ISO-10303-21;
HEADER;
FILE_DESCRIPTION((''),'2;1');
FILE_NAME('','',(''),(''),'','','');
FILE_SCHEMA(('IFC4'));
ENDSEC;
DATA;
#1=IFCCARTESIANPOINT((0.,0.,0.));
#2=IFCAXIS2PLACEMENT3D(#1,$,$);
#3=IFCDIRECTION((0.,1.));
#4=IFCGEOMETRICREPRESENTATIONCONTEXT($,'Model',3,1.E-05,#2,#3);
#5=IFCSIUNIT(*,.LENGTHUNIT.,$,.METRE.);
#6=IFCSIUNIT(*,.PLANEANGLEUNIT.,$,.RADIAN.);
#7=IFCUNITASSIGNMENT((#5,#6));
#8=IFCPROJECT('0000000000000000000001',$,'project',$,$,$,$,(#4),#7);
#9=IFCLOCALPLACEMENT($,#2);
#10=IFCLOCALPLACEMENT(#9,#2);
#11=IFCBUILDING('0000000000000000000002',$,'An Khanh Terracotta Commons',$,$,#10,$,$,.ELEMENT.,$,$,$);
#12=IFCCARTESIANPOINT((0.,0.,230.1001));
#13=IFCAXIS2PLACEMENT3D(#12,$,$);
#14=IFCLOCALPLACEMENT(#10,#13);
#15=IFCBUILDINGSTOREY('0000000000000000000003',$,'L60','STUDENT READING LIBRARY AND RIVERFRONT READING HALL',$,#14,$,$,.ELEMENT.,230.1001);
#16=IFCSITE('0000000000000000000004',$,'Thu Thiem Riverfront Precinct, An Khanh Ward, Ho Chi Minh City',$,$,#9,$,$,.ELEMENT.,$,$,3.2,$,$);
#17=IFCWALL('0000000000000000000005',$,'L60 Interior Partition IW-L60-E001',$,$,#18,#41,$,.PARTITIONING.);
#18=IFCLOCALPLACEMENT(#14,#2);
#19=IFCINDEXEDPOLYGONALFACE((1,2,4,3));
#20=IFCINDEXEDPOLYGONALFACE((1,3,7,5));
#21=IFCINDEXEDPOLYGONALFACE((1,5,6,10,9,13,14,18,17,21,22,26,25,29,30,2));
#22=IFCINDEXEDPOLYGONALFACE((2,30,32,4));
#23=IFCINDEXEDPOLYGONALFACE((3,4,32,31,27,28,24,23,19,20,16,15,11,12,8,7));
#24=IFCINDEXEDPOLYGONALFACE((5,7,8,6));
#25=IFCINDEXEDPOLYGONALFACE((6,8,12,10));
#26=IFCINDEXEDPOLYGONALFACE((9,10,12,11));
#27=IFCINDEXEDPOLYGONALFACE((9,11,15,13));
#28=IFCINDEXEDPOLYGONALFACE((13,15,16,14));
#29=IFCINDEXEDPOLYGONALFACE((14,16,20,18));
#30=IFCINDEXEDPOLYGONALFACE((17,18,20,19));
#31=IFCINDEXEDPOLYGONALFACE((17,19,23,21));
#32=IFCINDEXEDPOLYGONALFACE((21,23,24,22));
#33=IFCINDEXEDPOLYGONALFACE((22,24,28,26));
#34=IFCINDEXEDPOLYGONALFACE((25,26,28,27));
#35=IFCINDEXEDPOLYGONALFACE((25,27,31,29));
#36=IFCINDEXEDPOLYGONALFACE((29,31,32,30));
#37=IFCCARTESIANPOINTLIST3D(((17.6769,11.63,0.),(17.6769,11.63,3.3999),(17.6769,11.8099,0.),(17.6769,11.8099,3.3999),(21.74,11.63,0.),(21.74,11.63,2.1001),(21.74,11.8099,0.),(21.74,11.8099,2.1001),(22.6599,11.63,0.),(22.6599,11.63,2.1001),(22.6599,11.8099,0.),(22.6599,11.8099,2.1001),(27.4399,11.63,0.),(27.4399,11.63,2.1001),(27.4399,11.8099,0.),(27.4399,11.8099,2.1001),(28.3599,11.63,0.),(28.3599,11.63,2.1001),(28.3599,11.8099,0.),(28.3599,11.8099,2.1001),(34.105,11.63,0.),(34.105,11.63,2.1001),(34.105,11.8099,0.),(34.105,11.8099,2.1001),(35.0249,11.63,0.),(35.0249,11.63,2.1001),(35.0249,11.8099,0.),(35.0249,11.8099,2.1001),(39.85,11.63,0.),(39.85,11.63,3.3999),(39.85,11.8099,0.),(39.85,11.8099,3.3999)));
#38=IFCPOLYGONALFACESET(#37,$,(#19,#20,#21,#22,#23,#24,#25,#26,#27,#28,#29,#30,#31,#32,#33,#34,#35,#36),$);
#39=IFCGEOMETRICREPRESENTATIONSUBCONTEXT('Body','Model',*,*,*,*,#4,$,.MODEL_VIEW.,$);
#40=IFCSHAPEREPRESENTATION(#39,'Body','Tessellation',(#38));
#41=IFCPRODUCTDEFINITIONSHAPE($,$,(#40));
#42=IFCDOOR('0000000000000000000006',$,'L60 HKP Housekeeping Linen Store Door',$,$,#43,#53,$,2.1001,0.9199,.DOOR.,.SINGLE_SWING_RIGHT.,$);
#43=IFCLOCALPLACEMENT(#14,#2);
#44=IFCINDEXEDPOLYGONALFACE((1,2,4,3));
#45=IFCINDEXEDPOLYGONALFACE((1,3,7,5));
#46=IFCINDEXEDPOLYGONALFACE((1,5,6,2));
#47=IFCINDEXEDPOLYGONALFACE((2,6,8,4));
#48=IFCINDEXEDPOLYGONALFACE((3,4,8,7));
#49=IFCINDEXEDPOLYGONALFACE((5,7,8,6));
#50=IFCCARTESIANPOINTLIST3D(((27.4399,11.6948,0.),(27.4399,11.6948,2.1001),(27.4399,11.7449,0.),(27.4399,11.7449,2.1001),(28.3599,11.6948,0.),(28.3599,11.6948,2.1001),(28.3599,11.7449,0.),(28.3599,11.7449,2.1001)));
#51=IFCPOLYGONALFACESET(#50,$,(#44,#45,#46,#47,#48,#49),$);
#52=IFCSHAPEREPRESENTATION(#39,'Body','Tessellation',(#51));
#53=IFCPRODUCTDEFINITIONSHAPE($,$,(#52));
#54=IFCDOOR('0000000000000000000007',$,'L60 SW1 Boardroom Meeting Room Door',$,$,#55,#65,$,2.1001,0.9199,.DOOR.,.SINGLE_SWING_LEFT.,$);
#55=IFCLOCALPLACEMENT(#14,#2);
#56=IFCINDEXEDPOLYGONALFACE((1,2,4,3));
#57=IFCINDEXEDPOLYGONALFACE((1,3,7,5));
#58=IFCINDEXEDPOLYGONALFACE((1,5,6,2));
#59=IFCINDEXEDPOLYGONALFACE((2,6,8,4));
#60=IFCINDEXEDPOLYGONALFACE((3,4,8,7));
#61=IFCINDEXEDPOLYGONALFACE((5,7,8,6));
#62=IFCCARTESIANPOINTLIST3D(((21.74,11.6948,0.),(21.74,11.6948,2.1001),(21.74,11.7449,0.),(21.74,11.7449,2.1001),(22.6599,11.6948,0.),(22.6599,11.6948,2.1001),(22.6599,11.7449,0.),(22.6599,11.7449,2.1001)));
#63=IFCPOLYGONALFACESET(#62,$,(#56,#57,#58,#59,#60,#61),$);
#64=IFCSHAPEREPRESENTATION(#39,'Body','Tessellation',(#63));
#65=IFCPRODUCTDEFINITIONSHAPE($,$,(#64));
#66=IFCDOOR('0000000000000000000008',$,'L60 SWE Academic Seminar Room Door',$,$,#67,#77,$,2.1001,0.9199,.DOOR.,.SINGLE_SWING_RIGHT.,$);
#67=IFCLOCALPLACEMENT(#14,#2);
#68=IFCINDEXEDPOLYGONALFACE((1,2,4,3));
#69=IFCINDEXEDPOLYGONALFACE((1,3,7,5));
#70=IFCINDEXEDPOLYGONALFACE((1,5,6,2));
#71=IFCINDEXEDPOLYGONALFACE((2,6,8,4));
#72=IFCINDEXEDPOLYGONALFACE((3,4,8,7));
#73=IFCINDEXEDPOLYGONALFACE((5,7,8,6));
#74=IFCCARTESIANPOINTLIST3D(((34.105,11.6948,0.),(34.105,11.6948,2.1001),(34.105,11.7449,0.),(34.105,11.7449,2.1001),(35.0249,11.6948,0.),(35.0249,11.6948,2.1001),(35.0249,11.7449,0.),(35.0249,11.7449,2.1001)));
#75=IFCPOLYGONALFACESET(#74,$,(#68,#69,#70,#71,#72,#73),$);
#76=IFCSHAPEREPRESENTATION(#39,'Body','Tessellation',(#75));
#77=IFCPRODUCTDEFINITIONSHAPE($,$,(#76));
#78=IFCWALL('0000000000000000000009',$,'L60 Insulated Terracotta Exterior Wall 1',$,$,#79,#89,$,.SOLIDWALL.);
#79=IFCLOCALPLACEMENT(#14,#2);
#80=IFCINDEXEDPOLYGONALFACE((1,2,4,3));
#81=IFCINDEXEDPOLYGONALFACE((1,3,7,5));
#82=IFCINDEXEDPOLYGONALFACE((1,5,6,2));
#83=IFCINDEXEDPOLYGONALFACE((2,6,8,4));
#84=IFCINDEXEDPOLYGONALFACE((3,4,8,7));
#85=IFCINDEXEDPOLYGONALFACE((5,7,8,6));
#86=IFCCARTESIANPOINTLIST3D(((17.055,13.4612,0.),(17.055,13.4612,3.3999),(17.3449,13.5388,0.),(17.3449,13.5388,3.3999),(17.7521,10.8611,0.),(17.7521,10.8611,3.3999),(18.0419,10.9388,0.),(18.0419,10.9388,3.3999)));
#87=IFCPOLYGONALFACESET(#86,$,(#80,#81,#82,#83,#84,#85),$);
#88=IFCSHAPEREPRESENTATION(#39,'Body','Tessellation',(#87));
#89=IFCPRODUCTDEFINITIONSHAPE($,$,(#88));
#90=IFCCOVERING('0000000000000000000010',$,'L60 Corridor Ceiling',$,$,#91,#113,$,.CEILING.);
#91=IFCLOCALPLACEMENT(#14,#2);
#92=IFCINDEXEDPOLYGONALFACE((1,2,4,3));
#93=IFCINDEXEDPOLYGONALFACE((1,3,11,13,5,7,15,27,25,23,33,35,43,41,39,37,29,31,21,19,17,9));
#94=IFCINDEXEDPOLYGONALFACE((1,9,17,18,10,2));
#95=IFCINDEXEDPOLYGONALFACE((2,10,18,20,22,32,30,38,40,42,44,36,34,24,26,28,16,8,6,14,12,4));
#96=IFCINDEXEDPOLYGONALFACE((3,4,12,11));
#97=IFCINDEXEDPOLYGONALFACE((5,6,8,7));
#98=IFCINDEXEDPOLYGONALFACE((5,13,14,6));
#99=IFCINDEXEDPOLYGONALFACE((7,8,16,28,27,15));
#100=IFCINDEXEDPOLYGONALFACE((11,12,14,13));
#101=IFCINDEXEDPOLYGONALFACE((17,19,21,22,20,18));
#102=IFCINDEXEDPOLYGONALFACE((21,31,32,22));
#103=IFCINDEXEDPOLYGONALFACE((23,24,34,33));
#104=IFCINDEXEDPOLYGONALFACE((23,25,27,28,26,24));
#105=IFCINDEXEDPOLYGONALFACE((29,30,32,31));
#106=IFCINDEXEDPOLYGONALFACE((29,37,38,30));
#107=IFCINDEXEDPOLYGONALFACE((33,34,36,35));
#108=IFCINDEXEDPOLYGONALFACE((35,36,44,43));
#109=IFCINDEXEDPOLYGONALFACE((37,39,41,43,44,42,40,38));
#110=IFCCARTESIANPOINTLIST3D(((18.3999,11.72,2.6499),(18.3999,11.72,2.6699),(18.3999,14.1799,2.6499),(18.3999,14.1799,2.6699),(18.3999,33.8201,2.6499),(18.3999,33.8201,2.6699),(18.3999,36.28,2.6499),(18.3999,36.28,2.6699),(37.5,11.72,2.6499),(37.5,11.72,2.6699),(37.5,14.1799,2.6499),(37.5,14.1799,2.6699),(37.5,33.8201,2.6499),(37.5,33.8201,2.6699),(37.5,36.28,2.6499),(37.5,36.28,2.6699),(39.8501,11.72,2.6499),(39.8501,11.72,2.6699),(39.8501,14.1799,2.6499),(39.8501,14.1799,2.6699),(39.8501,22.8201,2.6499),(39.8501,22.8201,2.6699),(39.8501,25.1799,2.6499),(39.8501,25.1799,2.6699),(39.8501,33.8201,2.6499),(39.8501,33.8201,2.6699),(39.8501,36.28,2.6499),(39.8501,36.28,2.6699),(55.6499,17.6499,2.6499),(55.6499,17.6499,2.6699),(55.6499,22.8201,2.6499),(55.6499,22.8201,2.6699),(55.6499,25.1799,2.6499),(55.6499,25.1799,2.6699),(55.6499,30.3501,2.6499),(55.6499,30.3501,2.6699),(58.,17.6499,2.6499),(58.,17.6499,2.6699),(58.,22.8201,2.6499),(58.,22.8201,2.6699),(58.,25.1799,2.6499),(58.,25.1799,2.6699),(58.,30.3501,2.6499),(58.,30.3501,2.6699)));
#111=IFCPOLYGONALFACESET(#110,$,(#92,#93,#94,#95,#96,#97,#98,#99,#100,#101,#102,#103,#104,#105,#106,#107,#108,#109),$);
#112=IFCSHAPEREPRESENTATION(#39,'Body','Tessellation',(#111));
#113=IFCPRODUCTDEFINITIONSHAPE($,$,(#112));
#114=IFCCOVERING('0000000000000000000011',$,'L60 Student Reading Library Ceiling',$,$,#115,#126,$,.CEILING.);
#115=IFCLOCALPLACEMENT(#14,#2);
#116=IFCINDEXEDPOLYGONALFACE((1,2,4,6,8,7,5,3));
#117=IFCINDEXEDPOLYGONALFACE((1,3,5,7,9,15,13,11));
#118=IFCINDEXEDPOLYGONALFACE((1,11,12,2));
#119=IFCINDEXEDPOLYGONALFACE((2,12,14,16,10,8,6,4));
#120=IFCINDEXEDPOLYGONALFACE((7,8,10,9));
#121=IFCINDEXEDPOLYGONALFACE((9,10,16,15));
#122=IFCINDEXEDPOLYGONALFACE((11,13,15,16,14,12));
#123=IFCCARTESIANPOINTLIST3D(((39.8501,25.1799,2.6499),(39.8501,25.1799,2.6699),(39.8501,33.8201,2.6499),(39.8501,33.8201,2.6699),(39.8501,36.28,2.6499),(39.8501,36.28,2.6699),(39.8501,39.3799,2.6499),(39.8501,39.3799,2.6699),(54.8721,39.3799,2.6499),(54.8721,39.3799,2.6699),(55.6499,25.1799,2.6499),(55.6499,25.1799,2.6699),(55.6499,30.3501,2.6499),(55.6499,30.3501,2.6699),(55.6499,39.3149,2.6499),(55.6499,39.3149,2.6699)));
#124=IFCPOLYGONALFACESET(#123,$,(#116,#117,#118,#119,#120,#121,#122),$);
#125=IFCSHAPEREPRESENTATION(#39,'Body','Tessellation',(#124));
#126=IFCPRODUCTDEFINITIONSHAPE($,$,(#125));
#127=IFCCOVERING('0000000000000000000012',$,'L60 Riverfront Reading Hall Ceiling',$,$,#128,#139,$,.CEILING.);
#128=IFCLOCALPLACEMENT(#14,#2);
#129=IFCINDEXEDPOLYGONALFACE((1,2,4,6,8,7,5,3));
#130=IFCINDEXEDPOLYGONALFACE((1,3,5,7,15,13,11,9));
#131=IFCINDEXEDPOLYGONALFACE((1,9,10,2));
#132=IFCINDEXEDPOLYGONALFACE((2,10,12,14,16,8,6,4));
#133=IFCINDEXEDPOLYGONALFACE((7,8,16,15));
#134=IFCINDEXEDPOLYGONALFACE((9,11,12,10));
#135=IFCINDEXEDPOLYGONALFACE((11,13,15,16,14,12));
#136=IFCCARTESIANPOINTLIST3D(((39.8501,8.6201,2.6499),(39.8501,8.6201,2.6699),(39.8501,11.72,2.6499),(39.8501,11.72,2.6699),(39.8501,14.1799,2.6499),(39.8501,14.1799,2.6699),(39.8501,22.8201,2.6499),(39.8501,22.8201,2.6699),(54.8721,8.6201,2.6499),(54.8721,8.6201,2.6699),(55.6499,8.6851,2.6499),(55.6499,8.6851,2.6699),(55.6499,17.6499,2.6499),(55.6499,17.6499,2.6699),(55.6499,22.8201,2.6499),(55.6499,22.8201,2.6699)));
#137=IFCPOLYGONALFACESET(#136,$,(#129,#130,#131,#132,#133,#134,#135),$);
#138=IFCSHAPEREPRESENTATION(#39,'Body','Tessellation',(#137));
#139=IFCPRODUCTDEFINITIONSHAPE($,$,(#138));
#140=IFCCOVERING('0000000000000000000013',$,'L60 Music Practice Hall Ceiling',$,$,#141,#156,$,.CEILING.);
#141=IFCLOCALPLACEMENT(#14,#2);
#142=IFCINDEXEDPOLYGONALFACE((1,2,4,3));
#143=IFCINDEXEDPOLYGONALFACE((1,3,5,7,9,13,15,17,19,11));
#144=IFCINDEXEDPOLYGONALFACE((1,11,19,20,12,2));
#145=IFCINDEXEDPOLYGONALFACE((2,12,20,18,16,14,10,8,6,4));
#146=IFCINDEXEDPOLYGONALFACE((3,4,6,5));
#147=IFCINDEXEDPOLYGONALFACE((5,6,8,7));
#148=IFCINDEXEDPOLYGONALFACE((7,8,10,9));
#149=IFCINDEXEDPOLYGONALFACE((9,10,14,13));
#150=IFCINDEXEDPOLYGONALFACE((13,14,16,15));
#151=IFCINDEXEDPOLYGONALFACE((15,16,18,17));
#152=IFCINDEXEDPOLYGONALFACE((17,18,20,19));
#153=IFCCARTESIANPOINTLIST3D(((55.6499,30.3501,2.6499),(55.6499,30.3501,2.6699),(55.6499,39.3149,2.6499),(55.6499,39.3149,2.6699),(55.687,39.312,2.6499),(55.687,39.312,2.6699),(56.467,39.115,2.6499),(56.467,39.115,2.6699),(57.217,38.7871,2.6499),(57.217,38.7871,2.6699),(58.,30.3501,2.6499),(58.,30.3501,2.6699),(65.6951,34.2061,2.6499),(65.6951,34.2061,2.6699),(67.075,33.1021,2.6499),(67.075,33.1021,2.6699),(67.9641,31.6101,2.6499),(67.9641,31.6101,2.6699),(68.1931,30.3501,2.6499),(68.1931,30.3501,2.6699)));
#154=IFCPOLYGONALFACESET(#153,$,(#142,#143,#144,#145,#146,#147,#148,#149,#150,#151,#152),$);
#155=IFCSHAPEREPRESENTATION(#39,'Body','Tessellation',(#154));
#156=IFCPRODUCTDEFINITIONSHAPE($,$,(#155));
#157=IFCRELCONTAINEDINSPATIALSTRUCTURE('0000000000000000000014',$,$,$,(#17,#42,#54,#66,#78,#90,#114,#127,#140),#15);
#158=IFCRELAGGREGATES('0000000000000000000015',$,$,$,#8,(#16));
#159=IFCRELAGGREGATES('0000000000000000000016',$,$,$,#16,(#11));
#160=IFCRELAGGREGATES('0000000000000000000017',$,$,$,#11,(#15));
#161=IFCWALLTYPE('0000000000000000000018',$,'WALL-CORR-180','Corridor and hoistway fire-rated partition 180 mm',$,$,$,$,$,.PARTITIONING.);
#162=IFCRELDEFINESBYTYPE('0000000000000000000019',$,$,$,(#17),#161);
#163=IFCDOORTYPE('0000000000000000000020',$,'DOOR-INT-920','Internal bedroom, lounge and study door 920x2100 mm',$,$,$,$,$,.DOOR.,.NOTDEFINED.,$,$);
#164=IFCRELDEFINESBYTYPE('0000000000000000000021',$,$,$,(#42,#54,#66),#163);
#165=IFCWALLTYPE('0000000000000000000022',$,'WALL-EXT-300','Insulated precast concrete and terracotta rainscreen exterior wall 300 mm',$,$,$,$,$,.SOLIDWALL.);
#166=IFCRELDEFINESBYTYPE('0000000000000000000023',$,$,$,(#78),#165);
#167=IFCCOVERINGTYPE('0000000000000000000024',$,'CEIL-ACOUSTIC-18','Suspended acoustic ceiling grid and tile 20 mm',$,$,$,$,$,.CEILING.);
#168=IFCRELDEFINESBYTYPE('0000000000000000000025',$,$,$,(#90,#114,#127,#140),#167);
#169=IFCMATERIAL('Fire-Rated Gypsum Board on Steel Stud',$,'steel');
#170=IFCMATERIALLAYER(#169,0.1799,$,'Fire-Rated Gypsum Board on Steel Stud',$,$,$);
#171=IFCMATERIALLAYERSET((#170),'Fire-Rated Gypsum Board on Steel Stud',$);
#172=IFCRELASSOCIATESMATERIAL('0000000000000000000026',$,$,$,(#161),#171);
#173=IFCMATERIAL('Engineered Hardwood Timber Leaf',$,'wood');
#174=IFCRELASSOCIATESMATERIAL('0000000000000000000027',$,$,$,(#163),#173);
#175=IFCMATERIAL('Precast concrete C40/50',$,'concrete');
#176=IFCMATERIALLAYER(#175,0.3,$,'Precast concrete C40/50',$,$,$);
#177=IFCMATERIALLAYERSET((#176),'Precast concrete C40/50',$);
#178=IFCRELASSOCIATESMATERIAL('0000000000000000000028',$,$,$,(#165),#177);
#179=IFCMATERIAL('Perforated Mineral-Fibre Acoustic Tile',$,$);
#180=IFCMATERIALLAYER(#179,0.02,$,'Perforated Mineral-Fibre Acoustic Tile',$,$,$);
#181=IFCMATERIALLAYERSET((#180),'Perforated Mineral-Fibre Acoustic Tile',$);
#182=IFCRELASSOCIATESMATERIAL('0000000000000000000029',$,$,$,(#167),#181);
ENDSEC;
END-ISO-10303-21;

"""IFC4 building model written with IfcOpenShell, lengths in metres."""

from ifc_helpers import new_model, si_unit, direction, frame, frame_2d, origin, place, context, subcontext, project, spatial, polyline, rectangle, outline, extrude, material, layer, layer_set, type_object, element, fill, save


model = new_model("IFC4")

# Units and contexts
model_context = context("Model", 3, precision=1e-05, world=origin(), true_north=direction((0.0, 1.0)))
body_context = subcontext(model_context, "Body", "Model", "MODEL_VIEW")
ifc_project = project(units=[si_unit("LENGTHUNIT", "METRE"), si_unit("PLANEANGLEUNIT", "RADIAN")], contexts=[model_context])

# Site, building, storey
site_placement = place(None, origin())
site = spatial("IfcSite", under=ifc_project, at=site_placement, Name="Thu Thiem Riverfront Precinct, An Khanh Ward, Ho Chi Minh City", CompositionType="ELEMENT", RefElevation=3.2)
building_placement = place(site_placement, origin())
building = spatial("IfcBuilding", under=site, at=building_placement, Name="An Khanh Terracotta Commons", CompositionType="ELEMENT")
storey_placement = place(building_placement, frame((0.0, 0.0, 230.1001)))
storey = spatial("IfcBuildingStorey", under=building, at=storey_placement, Name="L60", Description="STUDENT READING LIBRARY AND RIVERFRONT READING HALL", CompositionType="ELEMENT", Elevation=230.1001)

# Shared definitions
ifc_material_1 = material(Name="Precast concrete C40/50", Category="concrete")

# Wall, openings, doors
ifc_material_2 = material(Name="Fire-Rated Gypsum Board on Steel Stud", Category="steel")
ifc_layer_1 = layer(ifc_material_2, 0.1799, Name="Fire-Rated Gypsum Board on Steel Stud")
ifc_layer_set_1 = layer_set([ifc_layer_1], Name="Fire-Rated Gypsum Board on Steel Stud")
wall_type_1 = type_object("IfcWallType", Name="WALL-CORR-180", Description="Corridor and hoistway fire-rated partition 180 mm", PredefinedType="PARTITIONING", material=ifc_layer_set_1)
wall_1_placement = place(storey_placement, frame((17.677, 11.72, 0.0), z_axis=(0.0, 0.0, 1.0), x_axis=(1.0, 0.0, 0.0)))
wall_1 = element("IfcWall", 1, at=wall_1_placement, inside=storey, type_object=wall_type_1, Name="L60 Interior Partition IW-L60-E001", PredefinedType="PARTITIONING", context=body_context, shape_type="SweptSolid", body=[
    extrude(rectangle(XDim=22.1731, YDim=0.1799, at=frame_2d((11.0864, 0.0))), origin(), (0.0, 0.0, 1.0), 3.3999),
])
opening_1_placement = place(wall_1_placement, frame((9.7629, 0.0, 0.0)))
opening_1 = element("IfcOpeningElement", 2, at=opening_1_placement, cuts=wall_1, PredefinedType="OPENING", context=body_context, shape_type="SweptSolid", body=[
    extrude(rectangle(XDim=0.9199, YDim=2.1001, at=frame_2d((0.46, 1.05))), frame((0.0, 0.0999, 0.0), z_axis=(0.0, -1.0, 0.0), x_axis=(1.0, 0.0, 0.0)), (0.0, 0.0, 1.0), 0.2),
])
opening_2_placement = place(wall_1_placement, frame((4.063, 0.0, 0.0)))
opening_2 = element("IfcOpeningElement", 3, at=opening_2_placement, cuts=wall_1, PredefinedType="OPENING", context=body_context, shape_type="SweptSolid", body=[
    extrude(rectangle(XDim=0.9199, YDim=2.1001, at=frame_2d((0.46, 1.05))), frame((0.0, 0.0999, 0.0), z_axis=(0.0, -1.0, 0.0), x_axis=(1.0, 0.0, 0.0)), (0.0, 0.0, 1.0), 0.2),
])
opening_3_placement = place(wall_1_placement, frame((16.428, 0.0, 0.0)))
opening_3 = element("IfcOpeningElement", 4, at=opening_3_placement, cuts=wall_1, PredefinedType="OPENING", context=body_context, shape_type="SweptSolid", body=[
    extrude(rectangle(XDim=0.9199, YDim=2.1001, at=frame_2d((0.46, 1.05))), frame((0.0, 0.0999, 0.0), z_axis=(0.0, -1.0, 0.0), x_axis=(1.0, 0.0, 0.0)), (0.0, 0.0, 1.0), 0.2),
])
ifc_material_3 = material(Name="Engineered Hardwood Timber Leaf", Category="wood")
door_type = type_object("IfcDoorType", Name="DOOR-INT-920", Description="Internal bedroom, lounge and study door 920x2100 mm", OperationType="NOTDEFINED", PredefinedType="DOOR", material=ifc_material_3)
door_1_placement = place(opening_1_placement, origin())
door_1 = element("IfcDoor", 5, at=door_1_placement, inside=storey, type_object=door_type, Name="L60 HKP Housekeeping Linen Store Door", OperationType="SINGLE_SWING_RIGHT", OverallHeight=2.1001, OverallWidth=0.9199, PredefinedType="DOOR", context=body_context, shape_type="SweptSolid", body=[
    extrude(rectangle(XDim=0.9199, YDim=2.1001, at=frame_2d((0.46, 1.05))), frame((0.0, 0.0249, 0.0), z_axis=(0.0, -1.0, 0.0), x_axis=(1.0, 0.0, 0.0)), (0.0, 0.0, 1.0), 0.05),
])
fill(opening_1, door_1)
door_2_placement = place(opening_2_placement, origin())
door_2 = element("IfcDoor", 6, at=door_2_placement, inside=storey, type_object=door_type, Name="L60 SW1 Boardroom Meeting Room Door", OperationType="SINGLE_SWING_LEFT", OverallHeight=2.1001, OverallWidth=0.9199, PredefinedType="DOOR", context=body_context, shape_type="SweptSolid", body=[
    extrude(rectangle(XDim=0.9199, YDim=2.1001, at=frame_2d((0.46, 1.05))), frame((0.0, 0.0249, 0.0), z_axis=(0.0, -1.0, 0.0), x_axis=(1.0, 0.0, 0.0)), (0.0, 0.0, 1.0), 0.05),
])
fill(opening_2, door_2)
door_3_placement = place(opening_3_placement, origin())
door_3 = element("IfcDoor", 7, at=door_3_placement, inside=storey, type_object=door_type, Name="L60 SWE Academic Seminar Room Door", OperationType="SINGLE_SWING_RIGHT", OverallHeight=2.1001, OverallWidth=0.9199, PredefinedType="DOOR", context=body_context, shape_type="SweptSolid", body=[
    extrude(rectangle(XDim=0.9199, YDim=2.1001, at=frame_2d((0.46, 1.05))), frame((0.0, 0.0249, 0.0), z_axis=(0.0, -1.0, 0.0), x_axis=(1.0, 0.0, 0.0)), (0.0, 0.0, 1.0), 0.05),
])
fill(opening_3, door_3)

# Wall
ifc_layer_2 = layer(ifc_material_1, 0.3, Name="Precast concrete C40/50")
ifc_layer_set_2 = layer_set([ifc_layer_2], Name="Precast concrete C40/50")
wall_type_2 = type_object("IfcWallType", Name="WALL-EXT-300", Description="Insulated precast concrete and terracotta rainscreen exterior wall 300 mm", PredefinedType="SOLIDWALL", material=ifc_layer_set_2)
wall_2_placement = place(storey_placement, frame((17.2, 13.5, 0.0), z_axis=(0.0, 0.0, 1.0), x_axis=(0.258933, -0.965895, 0.0)))
element("IfcWall", 8, at=wall_2_placement, inside=storey, type_object=wall_type_2, Name="L60 Insulated Terracotta Exterior Wall 1", PredefinedType="SOLIDWALL", context=body_context, shape_type="SweptSolid", body=[
    extrude(rectangle(XDim=2.6919, YDim=0.3, at=frame_2d((1.3459, 0.0))), origin(), (0.0, 0.0, 1.0), 3.3999),
])

# Coverings
ifc_material_4 = material(Name="Perforated Mineral-Fibre Acoustic Tile")
ifc_layer_3 = layer(ifc_material_4, 0.02, Name="Perforated Mineral-Fibre Acoustic Tile")
ifc_layer_set_3 = layer_set([ifc_layer_3], Name="Perforated Mineral-Fibre Acoustic Tile")
covering_type = type_object("IfcCoveringType", Name="CEIL-ACOUSTIC-18", Description="Suspended acoustic ceiling grid and tile 20 mm", PredefinedType="CEILING", material=ifc_layer_set_3)
covering_1_placement = place(storey_placement, frame((0.0, 0.0, 2.6499)))
element("IfcCovering", 9, at=covering_1_placement, inside=storey, type_object=covering_type, Name="L60 Corridor Ceiling", PredefinedType="CEILING", context=body_context, shape_type="SweptSolid", body=[
    extrude(outline(polyline([(18.3999, 11.72), (18.3999, 14.1799), (37.5, 14.1799), (37.5, 33.8201), (18.3999, 33.8201), (18.3999, 36.28), (37.5, 36.28), (39.8501, 36.28), (39.8501, 33.8201), (39.8501, 25.1799), (55.6499, 25.1799), (55.6499, 30.3501), (58.0, 30.3501), (58.0, 25.1799), (58.0, 22.8201), (58.0, 17.6499), (55.6499, 17.6499), (55.6499, 22.8201), (39.8501, 22.8201), (39.8501, 14.1799), (39.8501, 11.72), (37.5, 11.72), (18.3999, 11.72)])), origin(), (0.0, 0.0, 1.0), 0.02),
])
covering_2_placement = place(storey_placement, frame((0.0, 0.0, 2.6499)))
element("IfcCovering", 10, at=covering_2_placement, inside=storey, type_object=covering_type, Name="L60 Student Reading Library Ceiling", PredefinedType="CEILING", context=body_context, shape_type="SweptSolid", body=[
    extrude(outline(polyline([(54.8721, 39.3799), (55.6499, 39.3149), (55.6499, 30.3501), (55.6499, 25.1799), (39.8501, 25.1799), (39.8501, 33.8201), (39.8501, 36.28), (39.8501, 39.3799), (54.8721, 39.3799)])), origin(), (0.0, 0.0, 1.0), 0.02),
])
covering_3_placement = place(storey_placement, frame((0.0, 0.0, 2.6499)))
element("IfcCovering", 11, at=covering_3_placement, inside=storey, type_object=covering_type, Name="L60 Riverfront Reading Hall Ceiling", PredefinedType="CEILING", context=body_context, shape_type="SweptSolid", body=[
    extrude(outline(polyline([(54.8721, 8.6201), (39.8501, 8.6201), (39.8501, 11.72), (39.8501, 14.1799), (39.8501, 22.8201), (55.6499, 22.8201), (55.6499, 17.6499), (55.6499, 8.6851), (54.8721, 8.6201)])), origin(), (0.0, 0.0, 1.0), 0.02),
])
covering_4_placement = place(storey_placement, frame((0.0, 0.0, 2.6499)))
element("IfcCovering", 12, at=covering_4_placement, inside=storey, type_object=covering_type, Name="L60 Music Practice Hall Ceiling", PredefinedType="CEILING", context=body_context, shape_type="SweptSolid", body=[
    extrude(outline(polyline([(55.687, 39.312), (56.467, 39.115), (57.217, 38.7871), (65.6951, 34.2061), (67.075, 33.1021), (67.9641, 31.6101), (68.1931, 30.3501), (58.0, 30.3501), (55.6499, 30.3501), (55.6499, 39.3149), (55.687, 39.312)])), origin(), (0.0, 0.0, 1.0), 0.02),
])

save(model, "model.ifc")
